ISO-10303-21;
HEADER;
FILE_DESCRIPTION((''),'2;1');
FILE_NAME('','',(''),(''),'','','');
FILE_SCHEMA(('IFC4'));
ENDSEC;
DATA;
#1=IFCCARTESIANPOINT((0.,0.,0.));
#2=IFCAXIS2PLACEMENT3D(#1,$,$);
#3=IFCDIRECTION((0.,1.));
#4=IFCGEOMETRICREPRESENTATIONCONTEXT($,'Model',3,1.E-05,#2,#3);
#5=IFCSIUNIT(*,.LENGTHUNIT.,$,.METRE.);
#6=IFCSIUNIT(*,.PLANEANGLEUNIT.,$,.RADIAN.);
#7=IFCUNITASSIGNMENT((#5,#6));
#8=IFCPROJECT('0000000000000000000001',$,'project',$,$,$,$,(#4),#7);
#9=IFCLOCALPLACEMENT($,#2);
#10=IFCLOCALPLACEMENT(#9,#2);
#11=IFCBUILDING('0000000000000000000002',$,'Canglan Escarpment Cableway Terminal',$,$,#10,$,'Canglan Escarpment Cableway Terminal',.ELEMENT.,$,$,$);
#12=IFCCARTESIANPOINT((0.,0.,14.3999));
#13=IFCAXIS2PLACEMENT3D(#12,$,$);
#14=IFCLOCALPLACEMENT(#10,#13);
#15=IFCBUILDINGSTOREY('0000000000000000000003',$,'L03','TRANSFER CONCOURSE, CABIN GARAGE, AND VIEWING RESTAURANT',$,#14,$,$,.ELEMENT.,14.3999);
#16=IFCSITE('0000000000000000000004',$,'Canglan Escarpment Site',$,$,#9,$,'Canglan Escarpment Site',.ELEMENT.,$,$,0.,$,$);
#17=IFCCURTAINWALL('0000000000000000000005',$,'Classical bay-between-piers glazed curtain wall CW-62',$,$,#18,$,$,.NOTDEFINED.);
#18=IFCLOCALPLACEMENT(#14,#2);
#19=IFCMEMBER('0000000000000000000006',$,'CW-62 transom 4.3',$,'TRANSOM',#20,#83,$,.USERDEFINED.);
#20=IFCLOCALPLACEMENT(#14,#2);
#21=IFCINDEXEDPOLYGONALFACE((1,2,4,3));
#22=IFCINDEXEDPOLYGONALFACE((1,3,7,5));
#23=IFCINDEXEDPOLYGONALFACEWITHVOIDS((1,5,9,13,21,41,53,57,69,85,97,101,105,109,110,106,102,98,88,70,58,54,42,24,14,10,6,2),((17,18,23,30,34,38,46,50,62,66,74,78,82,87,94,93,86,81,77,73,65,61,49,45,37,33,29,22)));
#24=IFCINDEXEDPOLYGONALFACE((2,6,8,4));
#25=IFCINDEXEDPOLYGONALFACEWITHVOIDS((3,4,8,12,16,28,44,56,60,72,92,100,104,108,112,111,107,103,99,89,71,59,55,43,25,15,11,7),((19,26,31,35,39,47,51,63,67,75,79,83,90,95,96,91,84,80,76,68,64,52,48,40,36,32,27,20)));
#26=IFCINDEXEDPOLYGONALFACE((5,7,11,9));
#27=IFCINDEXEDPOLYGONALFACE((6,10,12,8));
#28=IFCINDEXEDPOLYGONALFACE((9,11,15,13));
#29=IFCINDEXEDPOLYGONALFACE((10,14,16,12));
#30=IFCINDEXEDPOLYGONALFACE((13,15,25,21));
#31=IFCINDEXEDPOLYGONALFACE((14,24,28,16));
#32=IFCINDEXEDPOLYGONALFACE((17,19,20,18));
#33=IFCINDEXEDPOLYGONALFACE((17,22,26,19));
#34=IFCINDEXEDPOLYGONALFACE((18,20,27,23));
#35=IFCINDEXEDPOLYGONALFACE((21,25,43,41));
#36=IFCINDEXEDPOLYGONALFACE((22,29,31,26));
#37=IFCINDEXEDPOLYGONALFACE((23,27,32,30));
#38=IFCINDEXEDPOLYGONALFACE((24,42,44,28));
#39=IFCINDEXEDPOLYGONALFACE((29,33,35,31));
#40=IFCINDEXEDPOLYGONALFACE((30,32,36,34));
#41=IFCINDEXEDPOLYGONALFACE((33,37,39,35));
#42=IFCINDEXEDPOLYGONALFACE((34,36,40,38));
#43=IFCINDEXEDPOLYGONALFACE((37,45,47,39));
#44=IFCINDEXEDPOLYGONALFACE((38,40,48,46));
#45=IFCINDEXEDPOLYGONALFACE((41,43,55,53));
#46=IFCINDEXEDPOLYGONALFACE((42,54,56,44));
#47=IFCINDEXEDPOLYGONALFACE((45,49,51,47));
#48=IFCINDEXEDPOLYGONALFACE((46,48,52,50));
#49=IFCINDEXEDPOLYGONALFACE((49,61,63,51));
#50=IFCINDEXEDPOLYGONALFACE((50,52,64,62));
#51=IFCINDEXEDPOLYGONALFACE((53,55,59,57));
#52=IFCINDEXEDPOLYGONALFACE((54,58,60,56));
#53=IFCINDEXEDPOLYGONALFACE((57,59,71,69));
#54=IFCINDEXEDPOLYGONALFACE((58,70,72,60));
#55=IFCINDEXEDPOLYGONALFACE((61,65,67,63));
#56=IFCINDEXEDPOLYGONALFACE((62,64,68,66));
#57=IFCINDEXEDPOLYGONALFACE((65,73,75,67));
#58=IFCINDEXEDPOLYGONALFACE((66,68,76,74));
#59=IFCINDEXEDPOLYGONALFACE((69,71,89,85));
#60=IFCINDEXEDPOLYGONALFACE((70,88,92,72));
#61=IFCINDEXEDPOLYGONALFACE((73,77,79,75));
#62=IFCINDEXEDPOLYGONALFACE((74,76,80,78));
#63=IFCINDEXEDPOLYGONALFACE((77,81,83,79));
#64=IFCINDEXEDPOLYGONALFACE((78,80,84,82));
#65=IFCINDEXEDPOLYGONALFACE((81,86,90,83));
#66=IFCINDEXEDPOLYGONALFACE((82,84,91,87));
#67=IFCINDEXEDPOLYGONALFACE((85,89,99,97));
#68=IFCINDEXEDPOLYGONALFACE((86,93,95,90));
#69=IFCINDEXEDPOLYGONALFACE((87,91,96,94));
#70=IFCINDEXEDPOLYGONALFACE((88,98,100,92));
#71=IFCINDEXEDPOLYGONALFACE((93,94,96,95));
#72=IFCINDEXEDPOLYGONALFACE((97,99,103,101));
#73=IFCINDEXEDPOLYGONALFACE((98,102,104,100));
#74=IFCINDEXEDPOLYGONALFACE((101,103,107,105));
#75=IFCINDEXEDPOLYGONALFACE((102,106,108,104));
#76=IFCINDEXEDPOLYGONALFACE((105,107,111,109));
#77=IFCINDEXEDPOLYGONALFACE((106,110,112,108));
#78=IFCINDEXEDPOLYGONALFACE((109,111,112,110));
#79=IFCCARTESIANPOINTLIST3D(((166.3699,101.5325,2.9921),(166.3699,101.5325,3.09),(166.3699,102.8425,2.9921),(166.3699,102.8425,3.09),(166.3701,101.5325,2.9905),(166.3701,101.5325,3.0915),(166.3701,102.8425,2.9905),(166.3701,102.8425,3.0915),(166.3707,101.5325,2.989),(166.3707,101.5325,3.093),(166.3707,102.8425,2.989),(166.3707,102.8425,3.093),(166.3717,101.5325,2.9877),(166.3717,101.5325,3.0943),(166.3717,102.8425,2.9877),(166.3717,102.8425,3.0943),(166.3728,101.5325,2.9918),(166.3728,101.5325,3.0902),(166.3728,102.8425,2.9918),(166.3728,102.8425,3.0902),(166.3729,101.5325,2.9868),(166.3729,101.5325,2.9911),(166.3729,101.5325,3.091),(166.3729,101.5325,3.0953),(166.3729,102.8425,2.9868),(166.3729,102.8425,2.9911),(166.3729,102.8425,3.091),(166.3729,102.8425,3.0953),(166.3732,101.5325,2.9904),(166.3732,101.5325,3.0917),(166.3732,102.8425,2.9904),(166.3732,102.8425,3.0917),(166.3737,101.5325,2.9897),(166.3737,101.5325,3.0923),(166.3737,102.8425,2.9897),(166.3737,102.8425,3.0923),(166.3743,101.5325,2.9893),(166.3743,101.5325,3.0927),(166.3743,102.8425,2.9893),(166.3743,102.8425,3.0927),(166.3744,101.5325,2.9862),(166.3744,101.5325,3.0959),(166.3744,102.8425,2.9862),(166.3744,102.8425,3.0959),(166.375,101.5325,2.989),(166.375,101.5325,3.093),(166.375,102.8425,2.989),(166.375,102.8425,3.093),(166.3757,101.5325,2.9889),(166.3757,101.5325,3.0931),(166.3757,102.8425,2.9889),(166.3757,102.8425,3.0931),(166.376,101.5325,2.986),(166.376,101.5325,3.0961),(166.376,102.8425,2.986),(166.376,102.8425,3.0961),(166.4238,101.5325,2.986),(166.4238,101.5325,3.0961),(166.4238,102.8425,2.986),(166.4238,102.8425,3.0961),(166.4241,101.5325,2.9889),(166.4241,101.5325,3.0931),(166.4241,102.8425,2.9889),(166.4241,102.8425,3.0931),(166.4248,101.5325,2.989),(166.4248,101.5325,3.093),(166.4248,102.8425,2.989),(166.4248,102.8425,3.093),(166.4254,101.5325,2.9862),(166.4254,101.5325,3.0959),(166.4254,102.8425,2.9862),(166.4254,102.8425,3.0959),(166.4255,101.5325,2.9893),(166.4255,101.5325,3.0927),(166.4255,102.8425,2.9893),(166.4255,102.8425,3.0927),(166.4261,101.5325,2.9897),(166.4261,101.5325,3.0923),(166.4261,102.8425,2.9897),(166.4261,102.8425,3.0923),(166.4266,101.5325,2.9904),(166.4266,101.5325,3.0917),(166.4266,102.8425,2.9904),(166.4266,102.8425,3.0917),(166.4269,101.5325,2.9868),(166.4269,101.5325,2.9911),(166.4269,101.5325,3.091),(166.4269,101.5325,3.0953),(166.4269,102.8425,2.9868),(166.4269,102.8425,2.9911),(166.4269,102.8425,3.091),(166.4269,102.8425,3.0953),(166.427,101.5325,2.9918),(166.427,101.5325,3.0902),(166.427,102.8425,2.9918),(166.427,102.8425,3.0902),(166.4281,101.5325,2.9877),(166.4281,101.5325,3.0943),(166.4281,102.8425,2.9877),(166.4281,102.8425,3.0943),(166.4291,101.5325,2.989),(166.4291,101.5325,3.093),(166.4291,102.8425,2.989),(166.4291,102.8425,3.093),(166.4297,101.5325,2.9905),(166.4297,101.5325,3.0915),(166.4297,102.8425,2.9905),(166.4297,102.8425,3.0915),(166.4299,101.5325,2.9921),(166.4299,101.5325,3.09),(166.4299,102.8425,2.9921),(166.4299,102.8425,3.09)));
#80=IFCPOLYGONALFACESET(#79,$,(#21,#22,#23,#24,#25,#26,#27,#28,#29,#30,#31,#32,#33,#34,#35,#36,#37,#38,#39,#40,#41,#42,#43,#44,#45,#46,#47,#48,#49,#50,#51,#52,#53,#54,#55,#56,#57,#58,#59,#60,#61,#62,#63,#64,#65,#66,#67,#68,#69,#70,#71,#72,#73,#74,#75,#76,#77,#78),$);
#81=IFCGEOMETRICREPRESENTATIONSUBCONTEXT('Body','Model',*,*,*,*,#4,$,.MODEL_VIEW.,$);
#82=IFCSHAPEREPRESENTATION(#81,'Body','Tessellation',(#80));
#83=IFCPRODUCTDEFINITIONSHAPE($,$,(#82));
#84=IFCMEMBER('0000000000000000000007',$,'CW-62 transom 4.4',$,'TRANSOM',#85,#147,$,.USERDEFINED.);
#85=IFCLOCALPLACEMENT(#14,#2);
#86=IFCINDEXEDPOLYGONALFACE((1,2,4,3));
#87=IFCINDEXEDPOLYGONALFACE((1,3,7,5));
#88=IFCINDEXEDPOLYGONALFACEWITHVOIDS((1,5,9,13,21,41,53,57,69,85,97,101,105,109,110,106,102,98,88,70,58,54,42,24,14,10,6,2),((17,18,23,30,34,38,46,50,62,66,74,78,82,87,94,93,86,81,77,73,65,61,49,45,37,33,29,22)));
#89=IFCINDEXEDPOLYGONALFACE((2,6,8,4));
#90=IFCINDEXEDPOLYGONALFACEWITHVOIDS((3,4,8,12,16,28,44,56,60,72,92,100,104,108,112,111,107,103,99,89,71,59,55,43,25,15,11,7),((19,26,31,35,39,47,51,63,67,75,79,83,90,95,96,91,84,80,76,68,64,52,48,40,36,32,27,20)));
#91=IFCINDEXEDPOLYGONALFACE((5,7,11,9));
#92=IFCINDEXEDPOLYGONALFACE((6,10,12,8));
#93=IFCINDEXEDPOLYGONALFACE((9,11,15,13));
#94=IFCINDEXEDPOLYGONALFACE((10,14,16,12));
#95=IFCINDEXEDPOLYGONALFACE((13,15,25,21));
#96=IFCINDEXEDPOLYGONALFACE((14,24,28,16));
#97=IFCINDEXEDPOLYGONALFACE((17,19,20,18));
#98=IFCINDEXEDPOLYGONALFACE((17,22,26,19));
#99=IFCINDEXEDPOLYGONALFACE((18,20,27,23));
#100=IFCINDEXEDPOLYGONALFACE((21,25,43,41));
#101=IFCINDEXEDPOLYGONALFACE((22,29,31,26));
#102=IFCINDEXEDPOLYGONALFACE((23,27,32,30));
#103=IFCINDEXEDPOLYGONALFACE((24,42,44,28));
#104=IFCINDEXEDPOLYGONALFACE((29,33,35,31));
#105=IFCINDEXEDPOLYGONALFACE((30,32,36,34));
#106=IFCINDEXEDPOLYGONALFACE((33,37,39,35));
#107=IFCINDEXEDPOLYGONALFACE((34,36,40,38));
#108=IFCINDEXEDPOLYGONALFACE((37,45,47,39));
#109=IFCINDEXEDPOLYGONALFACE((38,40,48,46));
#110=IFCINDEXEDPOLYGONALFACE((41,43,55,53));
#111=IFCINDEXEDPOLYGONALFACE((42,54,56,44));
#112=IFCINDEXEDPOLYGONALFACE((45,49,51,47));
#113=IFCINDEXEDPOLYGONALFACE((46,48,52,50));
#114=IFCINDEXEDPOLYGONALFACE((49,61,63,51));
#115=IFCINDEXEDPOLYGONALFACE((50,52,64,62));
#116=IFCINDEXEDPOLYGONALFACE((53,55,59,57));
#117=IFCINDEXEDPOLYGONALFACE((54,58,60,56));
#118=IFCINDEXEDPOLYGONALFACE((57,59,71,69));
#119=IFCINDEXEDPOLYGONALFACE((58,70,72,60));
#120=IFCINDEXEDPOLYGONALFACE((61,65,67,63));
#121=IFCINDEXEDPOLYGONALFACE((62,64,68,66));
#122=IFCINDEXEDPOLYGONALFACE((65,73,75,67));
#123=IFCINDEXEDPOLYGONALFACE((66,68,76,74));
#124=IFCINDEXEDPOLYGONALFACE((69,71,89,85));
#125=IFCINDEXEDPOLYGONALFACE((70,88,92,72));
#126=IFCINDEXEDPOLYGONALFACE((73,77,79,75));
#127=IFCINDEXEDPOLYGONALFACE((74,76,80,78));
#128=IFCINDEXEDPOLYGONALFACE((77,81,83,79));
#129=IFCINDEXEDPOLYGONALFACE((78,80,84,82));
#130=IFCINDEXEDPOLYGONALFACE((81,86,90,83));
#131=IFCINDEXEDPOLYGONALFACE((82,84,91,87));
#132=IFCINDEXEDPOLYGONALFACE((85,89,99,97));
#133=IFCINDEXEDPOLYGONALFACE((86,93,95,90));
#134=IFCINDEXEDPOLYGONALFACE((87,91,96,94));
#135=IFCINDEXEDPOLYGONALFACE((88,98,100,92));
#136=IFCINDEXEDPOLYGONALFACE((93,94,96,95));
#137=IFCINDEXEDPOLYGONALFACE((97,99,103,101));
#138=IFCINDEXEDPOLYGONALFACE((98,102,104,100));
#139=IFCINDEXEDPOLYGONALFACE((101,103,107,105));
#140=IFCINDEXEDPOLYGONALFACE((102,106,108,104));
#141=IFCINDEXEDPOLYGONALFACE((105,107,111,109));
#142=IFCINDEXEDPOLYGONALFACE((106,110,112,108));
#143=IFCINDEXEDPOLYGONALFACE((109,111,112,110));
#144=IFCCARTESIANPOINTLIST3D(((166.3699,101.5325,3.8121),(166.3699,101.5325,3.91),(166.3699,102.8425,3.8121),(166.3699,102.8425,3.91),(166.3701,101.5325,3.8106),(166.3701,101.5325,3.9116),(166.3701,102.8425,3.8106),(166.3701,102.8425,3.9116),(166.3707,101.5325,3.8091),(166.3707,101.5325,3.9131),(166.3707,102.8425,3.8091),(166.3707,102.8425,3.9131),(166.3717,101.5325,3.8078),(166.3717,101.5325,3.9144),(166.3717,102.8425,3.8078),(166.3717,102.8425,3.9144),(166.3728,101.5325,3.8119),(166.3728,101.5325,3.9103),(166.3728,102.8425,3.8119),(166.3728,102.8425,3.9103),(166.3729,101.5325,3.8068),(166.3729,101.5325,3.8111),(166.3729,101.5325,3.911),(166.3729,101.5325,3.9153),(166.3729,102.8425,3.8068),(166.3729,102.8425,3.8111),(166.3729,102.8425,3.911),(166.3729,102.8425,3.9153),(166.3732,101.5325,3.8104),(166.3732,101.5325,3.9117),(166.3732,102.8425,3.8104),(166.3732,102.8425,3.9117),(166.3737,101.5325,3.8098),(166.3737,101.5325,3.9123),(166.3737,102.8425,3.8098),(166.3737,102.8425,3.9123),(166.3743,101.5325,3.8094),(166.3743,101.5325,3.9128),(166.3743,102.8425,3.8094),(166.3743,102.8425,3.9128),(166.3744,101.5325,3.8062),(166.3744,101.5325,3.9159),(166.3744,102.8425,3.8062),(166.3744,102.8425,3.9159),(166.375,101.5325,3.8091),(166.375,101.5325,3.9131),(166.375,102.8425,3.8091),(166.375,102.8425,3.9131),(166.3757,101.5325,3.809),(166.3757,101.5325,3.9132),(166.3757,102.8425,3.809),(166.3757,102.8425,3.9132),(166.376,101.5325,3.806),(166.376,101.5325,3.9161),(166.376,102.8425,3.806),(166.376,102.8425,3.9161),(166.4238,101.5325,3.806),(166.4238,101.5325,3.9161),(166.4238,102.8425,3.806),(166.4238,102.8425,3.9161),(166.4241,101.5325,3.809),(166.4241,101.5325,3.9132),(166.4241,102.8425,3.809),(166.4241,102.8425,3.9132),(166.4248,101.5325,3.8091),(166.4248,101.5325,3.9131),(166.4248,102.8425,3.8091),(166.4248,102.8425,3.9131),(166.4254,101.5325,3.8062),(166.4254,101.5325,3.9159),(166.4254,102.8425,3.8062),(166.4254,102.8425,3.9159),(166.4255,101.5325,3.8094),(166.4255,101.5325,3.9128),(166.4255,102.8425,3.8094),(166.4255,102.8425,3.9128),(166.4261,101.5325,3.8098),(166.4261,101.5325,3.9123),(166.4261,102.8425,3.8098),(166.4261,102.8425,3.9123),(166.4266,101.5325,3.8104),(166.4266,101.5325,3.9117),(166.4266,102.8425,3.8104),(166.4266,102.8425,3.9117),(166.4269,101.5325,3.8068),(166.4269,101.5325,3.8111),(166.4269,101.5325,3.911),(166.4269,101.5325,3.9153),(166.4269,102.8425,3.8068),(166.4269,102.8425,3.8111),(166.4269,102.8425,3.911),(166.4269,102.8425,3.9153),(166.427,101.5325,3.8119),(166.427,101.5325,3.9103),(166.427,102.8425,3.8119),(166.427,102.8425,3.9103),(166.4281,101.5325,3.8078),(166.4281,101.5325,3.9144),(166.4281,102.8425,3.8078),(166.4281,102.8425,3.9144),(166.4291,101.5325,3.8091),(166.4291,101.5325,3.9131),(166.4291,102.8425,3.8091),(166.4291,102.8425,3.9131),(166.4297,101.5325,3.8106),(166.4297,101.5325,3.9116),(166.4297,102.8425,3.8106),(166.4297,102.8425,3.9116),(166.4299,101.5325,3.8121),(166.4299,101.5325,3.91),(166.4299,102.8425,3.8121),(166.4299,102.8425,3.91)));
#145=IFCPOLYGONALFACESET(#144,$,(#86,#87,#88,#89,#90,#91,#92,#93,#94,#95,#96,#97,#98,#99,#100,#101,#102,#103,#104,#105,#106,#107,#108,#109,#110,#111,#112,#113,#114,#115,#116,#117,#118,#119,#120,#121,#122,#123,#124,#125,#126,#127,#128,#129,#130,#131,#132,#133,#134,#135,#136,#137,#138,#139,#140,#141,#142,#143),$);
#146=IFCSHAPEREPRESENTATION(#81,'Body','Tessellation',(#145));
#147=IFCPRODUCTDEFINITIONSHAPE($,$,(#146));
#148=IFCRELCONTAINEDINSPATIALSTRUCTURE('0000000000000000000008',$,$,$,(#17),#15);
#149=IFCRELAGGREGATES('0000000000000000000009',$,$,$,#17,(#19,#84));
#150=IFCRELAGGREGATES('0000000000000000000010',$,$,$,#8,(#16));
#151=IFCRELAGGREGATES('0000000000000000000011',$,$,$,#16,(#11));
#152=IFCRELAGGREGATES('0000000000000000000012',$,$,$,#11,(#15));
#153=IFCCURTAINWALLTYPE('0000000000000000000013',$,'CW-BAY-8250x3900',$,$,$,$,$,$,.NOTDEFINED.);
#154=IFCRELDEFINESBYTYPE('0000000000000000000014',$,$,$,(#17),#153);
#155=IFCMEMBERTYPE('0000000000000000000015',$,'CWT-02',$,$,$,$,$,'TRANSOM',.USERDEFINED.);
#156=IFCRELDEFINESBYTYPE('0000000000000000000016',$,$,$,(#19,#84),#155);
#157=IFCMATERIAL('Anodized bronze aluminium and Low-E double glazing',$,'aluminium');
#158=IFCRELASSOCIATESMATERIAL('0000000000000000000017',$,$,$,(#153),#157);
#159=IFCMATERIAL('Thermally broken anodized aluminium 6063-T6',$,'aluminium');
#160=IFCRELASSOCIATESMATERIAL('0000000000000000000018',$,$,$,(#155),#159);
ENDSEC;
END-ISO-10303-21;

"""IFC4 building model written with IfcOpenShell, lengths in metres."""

from ifc_helpers import new_model, si_unit, direction, frame, origin, origin_2d, place, context, subcontext, project, spatial, hollow_rectangle, extrude, material, material_profile, profile_set, type_object, element, aggregate, save


model = new_model("IFC4")

# Units and contexts
model_context = context("Model", 3, precision=1e-05, world=origin(), true_north=direction((0.0, 1.0)))
body_context = subcontext(model_context, "Body", "Model", "MODEL_VIEW")
ifc_project = project(units=[si_unit("LENGTHUNIT", "METRE"), si_unit("PLANEANGLEUNIT", "RADIAN")], contexts=[model_context])

# Site, building, storey
site_placement = place(None, origin())
site = spatial("IfcSite", under=ifc_project, at=site_placement, Name="Canglan Escarpment Site", LongName="Canglan Escarpment Site", CompositionType="ELEMENT", RefElevation=0.0)
building_placement = place(site_placement, origin())
building = spatial("IfcBuilding", under=site, at=building_placement, Name="Canglan Escarpment Cableway Terminal", LongName="Canglan Escarpment Cableway Terminal", CompositionType="ELEMENT")
storey_placement = place(building_placement, frame((0.0, 0.0, 14.3999)))
storey = spatial("IfcBuildingStorey", under=building, at=storey_placement, Name="L03", Description="TRANSFER CONCOURSE, CABIN GARAGE, AND VIEWING RESTAURANT", CompositionType="ELEMENT", Elevation=14.3999)

# Curtain wall, members
ifc_material_1 = material(Name="Anodized bronze aluminium and Low-E double glazing", Category="aluminium")
curtain_wall_type = type_object("IfcCurtainWallType", Name="CW-BAY-8250x3900", PredefinedType="NOTDEFINED", material=ifc_material_1)
curtain_wall_placement = place(storey_placement, origin())
curtain_wall = element("IfcCurtainWall", 1, at=curtain_wall_placement, inside=storey, type_object=curtain_wall_type, Name="Classical bay-between-piers glazed curtain wall CW-62", PredefinedType="NOTDEFINED")
ifc_material_2 = material(Name="Thermally broken anodized aluminium 6063-T6", Category="aluminium")
ifc_material_profile_1 = material_profile(ifc_material_2, hollow_rectangle(XDim=0.0601, YDim=0.1101, WallThickness=0.0029, InnerFilletRadius=0.0029, OuterFilletRadius=0.0061, at=origin_2d()), Name="ALU-TRAN 60x110x3")
ifc_profile_set_1 = profile_set([ifc_material_profile_1], Name="Thermally broken anodized aluminium 6063-T6")
member_type_1 = type_object("IfcMemberType", Name="CWT-02", ElementType="TRANSOM", PredefinedType="USERDEFINED", material=ifc_profile_set_1)
member_1_placement = place(storey_placement, frame((166.3999, 101.5325, 3.041), z_axis=(0.0, 1.0, 0.0), x_axis=(-1.0, 0.0, 0.0)))
member_1 = element("IfcMember", 2, at=member_1_placement, type_object=member_type_1, Name="CW-62 transom 4.3", ObjectType="TRANSOM", PredefinedType="USERDEFINED", context=body_context, shape_type="SweptSolid", body=[
    extrude(hollow_rectangle(XDim=0.0601, YDim=0.1101, WallThickness=0.0029, InnerFilletRadius=0.0029, OuterFilletRadius=0.0061, at=origin_2d()), origin(), (0.0, 0.0, 1.0), 1.3101),
])
member_2_placement = place(storey_placement, frame((166.3999, 101.5325, 3.8611), z_axis=(0.0, 1.0, 0.0), x_axis=(-1.0, 0.0, 0.0)))
member_2 = element("IfcMember", 3, at=member_2_placement, type_object=member_type_1, Name="CW-62 transom 4.4", ObjectType="TRANSOM", PredefinedType="USERDEFINED", context=body_context, shape_type="SweptSolid", body=[
    extrude(hollow_rectangle(XDim=0.0601, YDim=0.1101, WallThickness=0.0029, InnerFilletRadius=0.0029, OuterFilletRadius=0.0061, at=origin_2d()), origin(), (0.0, 0.0, 1.0), 1.3101),
])
aggregate(curtain_wall, [member_1, member_2])

save(model, "model.ifc")
